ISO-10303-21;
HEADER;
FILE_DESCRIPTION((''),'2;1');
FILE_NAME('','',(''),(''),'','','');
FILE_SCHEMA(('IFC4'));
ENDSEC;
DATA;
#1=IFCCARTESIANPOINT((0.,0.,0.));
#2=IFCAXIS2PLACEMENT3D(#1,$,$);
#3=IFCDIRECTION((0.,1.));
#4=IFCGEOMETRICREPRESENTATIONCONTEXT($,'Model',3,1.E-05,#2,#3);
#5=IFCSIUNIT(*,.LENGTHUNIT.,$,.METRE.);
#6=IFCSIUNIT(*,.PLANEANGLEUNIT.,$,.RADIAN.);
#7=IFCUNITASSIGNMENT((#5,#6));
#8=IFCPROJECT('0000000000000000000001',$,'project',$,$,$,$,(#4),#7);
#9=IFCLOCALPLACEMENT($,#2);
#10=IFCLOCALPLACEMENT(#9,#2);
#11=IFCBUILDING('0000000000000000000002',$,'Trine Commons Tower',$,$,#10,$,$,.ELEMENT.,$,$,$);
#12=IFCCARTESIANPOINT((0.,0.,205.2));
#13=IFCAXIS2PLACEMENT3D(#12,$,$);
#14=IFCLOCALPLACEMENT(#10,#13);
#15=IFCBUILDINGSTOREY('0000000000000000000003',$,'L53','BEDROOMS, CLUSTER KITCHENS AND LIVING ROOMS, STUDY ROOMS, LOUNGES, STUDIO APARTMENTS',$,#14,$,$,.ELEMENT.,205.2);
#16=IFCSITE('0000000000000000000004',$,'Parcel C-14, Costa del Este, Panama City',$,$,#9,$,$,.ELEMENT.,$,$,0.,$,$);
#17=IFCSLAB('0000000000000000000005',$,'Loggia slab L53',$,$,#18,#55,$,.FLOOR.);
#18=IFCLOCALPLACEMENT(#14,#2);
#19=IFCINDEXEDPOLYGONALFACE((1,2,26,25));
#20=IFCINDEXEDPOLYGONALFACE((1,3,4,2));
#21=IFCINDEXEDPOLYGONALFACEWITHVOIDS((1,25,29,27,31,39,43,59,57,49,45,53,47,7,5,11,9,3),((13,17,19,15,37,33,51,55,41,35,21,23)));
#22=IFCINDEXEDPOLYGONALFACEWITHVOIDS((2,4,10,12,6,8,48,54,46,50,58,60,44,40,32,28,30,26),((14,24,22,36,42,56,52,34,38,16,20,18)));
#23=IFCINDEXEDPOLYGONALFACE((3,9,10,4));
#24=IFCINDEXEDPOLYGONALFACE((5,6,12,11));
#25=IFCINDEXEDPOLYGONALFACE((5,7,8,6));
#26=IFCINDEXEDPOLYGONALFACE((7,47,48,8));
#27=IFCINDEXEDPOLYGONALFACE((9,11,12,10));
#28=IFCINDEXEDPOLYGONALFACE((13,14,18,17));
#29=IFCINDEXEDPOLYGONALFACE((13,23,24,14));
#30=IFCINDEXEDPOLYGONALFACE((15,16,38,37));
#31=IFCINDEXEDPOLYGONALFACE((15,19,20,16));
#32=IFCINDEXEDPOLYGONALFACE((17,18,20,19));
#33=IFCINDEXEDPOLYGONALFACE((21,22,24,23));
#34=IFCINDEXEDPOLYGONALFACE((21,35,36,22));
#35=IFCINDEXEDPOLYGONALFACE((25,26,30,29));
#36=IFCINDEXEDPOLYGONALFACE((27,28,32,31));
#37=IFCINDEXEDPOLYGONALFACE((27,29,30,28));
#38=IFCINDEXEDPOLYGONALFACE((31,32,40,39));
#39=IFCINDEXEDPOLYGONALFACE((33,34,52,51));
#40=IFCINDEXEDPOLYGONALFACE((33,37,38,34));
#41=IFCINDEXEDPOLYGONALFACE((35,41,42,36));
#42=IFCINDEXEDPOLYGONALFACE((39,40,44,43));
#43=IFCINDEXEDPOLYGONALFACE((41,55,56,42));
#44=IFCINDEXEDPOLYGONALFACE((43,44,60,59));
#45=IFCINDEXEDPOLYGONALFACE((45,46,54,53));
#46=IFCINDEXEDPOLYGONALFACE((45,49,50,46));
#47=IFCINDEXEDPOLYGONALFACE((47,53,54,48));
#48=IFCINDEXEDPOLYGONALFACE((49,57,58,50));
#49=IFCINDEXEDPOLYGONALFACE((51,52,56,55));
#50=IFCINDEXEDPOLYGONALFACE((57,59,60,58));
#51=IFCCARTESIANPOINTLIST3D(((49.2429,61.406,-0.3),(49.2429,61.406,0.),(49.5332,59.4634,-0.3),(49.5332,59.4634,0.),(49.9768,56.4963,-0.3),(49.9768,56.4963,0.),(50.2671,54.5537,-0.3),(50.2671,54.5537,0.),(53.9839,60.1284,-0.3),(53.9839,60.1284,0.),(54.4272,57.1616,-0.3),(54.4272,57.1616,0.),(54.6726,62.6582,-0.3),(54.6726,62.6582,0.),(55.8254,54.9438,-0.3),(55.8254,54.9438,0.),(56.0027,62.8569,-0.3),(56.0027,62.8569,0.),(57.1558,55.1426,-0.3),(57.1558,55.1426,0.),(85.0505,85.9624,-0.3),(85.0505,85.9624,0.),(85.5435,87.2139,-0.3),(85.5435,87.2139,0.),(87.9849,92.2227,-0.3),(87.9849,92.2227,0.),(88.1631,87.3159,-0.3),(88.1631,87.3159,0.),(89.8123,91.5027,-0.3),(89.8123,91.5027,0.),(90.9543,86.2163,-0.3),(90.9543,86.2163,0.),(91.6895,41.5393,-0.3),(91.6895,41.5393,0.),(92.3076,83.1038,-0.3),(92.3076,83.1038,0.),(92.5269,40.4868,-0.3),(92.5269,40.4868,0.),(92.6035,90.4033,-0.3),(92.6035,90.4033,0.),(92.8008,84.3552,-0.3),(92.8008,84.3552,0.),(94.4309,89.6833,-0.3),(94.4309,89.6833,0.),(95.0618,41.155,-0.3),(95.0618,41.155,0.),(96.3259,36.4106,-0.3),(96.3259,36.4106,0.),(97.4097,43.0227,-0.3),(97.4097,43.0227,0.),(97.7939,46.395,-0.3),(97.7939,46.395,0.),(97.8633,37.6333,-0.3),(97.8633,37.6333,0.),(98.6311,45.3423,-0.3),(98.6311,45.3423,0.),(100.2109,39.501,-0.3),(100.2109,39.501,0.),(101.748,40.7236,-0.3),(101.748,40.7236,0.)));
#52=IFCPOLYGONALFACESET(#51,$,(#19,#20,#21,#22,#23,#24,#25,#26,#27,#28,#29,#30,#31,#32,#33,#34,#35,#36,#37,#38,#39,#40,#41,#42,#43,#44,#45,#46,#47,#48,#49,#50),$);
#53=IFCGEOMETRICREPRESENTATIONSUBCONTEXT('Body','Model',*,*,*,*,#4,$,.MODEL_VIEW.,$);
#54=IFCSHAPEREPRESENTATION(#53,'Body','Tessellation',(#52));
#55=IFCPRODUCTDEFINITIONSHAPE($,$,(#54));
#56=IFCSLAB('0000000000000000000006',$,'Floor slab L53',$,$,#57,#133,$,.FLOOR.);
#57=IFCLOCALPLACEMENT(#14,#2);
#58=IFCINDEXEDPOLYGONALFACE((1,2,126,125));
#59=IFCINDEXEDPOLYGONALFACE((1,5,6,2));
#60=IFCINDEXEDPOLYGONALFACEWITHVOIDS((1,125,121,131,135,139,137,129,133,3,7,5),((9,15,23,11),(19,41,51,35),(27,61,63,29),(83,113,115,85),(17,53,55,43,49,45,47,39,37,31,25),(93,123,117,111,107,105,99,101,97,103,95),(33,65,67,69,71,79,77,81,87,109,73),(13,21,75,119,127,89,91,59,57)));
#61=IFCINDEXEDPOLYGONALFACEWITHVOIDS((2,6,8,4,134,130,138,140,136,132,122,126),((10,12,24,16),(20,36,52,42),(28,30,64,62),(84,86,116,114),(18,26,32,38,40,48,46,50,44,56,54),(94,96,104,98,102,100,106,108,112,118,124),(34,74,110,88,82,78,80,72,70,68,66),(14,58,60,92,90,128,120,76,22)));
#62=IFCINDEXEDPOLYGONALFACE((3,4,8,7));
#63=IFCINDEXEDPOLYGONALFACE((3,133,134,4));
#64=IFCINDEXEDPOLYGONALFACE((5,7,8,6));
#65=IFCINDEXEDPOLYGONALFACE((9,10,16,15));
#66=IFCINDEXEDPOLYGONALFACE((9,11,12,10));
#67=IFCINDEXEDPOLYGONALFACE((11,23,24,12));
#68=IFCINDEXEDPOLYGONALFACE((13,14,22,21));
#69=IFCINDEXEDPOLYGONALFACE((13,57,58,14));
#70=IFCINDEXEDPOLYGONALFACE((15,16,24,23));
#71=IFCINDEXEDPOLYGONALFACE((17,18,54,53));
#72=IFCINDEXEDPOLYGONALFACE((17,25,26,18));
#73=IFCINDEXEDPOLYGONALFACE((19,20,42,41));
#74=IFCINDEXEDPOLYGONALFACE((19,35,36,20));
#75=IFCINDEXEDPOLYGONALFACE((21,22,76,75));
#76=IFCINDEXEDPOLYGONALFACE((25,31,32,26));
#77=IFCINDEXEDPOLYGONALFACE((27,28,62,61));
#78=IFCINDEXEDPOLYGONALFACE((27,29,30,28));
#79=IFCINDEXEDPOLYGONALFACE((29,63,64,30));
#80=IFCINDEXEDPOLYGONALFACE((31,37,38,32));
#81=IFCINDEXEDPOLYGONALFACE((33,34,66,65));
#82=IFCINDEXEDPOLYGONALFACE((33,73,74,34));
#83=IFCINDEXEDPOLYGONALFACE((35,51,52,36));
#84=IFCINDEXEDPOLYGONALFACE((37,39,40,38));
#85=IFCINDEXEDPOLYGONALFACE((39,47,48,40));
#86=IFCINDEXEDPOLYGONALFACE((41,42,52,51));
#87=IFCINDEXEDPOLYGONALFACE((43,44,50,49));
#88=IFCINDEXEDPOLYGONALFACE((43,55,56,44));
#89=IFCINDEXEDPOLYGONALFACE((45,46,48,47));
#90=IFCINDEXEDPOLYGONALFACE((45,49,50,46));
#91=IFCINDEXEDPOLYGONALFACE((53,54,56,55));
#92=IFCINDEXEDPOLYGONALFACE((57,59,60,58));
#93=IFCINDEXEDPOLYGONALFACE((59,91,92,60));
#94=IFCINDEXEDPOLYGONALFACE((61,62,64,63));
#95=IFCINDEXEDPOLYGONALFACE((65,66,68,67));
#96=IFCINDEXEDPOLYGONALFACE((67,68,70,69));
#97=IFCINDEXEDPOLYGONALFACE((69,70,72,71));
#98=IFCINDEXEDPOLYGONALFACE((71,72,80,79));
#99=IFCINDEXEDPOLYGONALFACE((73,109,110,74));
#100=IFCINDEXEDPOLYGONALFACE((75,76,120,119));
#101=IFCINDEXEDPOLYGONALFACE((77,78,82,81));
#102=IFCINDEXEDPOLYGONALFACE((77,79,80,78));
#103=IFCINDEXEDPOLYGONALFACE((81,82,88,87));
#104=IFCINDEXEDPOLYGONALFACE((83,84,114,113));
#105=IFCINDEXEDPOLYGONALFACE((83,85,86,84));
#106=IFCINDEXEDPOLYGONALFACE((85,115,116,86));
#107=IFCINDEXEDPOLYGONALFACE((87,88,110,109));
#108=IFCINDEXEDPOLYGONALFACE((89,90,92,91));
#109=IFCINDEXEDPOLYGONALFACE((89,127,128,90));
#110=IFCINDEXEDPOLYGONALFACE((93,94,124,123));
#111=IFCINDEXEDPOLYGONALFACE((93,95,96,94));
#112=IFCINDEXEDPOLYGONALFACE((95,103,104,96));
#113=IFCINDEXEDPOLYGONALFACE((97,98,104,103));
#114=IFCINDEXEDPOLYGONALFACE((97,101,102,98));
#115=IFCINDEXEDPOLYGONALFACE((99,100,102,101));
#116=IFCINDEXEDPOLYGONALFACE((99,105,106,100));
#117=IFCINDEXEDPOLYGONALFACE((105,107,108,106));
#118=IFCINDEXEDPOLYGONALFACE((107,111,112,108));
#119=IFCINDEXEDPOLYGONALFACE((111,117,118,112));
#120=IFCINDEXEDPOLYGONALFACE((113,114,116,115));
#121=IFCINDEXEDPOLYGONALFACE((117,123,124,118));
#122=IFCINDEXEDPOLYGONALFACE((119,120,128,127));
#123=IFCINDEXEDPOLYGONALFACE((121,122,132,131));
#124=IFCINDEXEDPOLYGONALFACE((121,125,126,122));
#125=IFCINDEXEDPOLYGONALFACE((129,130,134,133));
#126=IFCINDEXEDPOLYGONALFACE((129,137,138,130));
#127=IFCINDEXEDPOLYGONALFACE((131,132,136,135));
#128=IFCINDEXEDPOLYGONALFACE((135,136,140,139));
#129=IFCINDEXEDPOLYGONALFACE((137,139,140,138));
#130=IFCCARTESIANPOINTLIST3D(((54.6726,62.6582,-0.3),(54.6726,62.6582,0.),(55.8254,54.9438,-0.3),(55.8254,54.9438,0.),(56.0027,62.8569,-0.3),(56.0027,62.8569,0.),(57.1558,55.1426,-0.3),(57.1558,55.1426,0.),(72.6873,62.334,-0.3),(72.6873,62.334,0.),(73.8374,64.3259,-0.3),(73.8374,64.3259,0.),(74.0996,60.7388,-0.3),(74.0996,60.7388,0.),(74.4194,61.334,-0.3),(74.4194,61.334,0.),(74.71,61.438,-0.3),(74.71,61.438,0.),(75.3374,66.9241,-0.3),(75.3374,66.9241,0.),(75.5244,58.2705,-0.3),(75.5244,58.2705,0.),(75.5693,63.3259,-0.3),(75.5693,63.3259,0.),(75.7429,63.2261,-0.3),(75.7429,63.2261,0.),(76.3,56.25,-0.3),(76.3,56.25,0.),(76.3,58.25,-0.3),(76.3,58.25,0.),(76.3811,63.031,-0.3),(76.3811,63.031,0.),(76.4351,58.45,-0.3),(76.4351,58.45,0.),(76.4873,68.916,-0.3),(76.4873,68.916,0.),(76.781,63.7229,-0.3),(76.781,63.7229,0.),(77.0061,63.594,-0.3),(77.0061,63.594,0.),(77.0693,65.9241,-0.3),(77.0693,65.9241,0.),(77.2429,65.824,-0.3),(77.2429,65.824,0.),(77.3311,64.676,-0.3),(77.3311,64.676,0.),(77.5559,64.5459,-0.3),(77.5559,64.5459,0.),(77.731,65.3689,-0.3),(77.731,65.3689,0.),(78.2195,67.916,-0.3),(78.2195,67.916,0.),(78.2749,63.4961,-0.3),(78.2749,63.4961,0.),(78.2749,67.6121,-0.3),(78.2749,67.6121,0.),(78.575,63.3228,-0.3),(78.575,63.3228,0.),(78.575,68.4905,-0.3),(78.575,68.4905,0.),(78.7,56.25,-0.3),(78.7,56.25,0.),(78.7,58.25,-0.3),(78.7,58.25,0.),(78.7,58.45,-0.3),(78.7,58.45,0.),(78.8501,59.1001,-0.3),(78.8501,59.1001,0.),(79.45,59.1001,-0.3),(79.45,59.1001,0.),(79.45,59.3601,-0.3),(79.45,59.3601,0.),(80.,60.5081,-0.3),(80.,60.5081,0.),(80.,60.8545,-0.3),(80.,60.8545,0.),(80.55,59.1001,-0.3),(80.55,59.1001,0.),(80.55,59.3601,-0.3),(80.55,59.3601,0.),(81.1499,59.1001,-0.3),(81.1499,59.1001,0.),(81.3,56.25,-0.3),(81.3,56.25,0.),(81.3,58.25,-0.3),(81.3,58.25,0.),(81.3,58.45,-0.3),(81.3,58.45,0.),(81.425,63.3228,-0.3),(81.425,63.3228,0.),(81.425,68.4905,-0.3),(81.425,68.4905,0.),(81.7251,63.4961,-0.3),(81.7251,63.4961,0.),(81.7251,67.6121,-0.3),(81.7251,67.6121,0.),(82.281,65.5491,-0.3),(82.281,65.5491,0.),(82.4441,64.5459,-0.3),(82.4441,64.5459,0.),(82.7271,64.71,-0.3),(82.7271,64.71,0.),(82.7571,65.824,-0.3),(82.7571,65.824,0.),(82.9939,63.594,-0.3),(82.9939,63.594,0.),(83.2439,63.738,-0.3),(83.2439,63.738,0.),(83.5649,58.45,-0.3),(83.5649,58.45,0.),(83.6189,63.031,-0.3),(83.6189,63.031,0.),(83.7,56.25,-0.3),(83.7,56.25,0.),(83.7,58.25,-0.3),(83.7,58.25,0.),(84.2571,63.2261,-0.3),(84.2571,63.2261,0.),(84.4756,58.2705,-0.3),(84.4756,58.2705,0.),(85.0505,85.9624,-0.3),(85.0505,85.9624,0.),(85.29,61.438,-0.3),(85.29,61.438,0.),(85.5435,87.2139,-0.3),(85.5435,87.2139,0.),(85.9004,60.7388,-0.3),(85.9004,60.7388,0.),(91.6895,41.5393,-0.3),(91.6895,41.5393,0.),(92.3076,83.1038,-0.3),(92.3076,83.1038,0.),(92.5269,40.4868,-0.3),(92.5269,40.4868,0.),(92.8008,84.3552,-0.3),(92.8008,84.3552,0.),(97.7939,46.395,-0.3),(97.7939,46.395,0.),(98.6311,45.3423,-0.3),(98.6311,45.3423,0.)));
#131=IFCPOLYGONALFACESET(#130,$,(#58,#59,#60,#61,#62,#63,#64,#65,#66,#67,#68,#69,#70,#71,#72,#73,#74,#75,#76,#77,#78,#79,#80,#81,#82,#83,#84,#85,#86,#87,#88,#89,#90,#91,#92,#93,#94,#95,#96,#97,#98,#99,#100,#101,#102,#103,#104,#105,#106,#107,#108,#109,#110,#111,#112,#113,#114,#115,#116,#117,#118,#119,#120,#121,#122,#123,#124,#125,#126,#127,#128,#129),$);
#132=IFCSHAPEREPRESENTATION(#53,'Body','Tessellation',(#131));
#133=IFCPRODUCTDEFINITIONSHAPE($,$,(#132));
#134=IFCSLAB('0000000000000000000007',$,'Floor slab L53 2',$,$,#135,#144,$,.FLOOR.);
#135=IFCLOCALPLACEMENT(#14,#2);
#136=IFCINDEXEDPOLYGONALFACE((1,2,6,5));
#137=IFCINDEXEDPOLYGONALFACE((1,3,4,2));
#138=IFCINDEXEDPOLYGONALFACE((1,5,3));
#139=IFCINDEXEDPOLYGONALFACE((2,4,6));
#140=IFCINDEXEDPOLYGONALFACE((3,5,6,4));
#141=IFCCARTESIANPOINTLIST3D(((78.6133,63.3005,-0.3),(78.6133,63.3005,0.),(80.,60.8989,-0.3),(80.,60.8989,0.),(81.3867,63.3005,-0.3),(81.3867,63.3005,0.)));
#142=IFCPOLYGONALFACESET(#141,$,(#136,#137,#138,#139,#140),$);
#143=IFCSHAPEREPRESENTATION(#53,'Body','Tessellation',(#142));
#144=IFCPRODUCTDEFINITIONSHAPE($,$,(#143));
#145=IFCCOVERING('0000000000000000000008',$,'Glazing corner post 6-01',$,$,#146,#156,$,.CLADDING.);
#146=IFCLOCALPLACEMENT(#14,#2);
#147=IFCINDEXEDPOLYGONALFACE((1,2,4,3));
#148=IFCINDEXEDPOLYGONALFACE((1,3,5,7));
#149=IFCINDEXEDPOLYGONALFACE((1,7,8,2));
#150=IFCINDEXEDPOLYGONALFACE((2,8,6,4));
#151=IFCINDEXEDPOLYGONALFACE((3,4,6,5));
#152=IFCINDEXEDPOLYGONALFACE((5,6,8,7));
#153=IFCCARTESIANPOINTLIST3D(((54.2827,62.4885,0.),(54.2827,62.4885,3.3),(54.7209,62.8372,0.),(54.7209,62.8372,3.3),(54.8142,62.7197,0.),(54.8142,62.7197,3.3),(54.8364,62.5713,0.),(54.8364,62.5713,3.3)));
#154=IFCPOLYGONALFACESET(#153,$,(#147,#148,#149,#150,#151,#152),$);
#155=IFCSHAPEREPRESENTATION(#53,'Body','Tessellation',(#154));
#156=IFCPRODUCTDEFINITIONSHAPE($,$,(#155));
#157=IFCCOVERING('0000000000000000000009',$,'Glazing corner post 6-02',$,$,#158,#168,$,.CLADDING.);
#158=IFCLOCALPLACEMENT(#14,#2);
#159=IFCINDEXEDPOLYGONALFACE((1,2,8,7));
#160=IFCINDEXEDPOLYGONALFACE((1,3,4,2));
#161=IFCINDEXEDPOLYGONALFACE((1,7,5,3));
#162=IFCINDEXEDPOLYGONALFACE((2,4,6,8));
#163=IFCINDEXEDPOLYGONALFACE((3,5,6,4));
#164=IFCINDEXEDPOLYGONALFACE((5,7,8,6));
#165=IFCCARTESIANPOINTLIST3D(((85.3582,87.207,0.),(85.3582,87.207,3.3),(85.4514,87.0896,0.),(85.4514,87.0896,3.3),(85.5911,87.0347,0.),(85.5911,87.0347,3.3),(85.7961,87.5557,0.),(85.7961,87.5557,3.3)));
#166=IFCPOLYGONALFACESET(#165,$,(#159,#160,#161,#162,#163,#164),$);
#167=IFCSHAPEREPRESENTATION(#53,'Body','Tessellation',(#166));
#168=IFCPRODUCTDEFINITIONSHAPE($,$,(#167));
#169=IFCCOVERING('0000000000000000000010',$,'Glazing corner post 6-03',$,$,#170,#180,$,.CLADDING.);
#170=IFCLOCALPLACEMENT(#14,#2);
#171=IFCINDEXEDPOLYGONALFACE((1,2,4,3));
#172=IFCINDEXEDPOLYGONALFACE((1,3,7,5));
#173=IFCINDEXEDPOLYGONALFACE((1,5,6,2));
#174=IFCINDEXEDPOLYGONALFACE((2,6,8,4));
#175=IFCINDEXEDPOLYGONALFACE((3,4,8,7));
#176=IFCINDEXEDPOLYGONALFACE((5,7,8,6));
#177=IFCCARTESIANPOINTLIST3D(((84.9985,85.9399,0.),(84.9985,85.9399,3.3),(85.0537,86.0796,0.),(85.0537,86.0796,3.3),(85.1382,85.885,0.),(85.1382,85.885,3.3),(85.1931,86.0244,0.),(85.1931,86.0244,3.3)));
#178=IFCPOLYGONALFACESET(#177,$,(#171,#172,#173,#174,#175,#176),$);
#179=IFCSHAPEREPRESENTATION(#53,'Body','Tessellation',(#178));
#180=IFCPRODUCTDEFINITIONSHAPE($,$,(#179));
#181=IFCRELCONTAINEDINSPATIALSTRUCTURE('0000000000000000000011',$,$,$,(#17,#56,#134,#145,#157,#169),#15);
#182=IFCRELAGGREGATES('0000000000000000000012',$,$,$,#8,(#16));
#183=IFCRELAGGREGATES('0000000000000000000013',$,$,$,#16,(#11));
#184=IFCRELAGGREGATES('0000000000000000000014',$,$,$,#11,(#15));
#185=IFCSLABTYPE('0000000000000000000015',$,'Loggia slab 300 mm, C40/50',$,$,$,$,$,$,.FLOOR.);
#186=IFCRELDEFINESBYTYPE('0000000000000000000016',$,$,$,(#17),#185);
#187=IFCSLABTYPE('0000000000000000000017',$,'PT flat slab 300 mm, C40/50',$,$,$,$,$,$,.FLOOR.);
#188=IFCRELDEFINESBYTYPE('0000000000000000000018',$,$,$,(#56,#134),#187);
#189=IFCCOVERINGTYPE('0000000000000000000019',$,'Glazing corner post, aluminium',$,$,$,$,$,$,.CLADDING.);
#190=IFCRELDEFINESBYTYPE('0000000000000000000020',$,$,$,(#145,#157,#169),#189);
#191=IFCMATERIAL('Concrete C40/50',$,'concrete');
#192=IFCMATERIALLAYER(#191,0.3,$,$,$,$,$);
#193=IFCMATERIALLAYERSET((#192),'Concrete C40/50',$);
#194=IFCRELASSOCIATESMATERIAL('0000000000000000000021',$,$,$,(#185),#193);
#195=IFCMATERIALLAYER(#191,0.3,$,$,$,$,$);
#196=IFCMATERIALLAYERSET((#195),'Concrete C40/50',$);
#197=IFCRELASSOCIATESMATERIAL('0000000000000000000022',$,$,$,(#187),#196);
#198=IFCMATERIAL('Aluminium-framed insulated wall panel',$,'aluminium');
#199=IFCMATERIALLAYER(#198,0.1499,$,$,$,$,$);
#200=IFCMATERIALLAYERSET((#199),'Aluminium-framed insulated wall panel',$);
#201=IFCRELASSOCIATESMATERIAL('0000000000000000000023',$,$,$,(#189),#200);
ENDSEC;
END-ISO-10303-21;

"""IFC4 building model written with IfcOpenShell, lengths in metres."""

from ifc_helpers import new_model, si_unit, direction, frame, origin, place, context, subcontext, project, spatial, polyline, outline, extrude, material, layer, layer_set, type_object, element, save


model = new_model("IFC4")

# Units and contexts
model_context = context("Model", 3, precision=1e-05, world=origin(), true_north=direction((0.0, 1.0)))
body_context = subcontext(model_context, "Body", "Model", "MODEL_VIEW")
ifc_project = project(units=[si_unit("LENGTHUNIT", "METRE"), si_unit("PLANEANGLEUNIT", "RADIAN")], contexts=[model_context])

# Site, building, storey
site_placement = place(None, origin())
site = spatial("IfcSite", under=ifc_project, at=site_placement, Name="Parcel C-14, Costa del Este, Panama City", CompositionType="ELEMENT", RefElevation=0.0)
building_placement = place(site_placement, origin())
building = spatial("IfcBuilding", under=site, at=building_placement, Name="Trine Commons Tower", CompositionType="ELEMENT")
storey_placement = place(building_placement, frame((0.0, 0.0, 205.2)))
storey = spatial("IfcBuildingStorey", under=building, at=storey_placement, Name="L53", Description="BEDROOMS, CLUSTER KITCHENS AND LIVING ROOMS, STUDY ROOMS, LOUNGES, STUDIO APARTMENTS", CompositionType="ELEMENT", Elevation=205.2)

# Slabs
ifc_material_1 = material(Name="Concrete C40/50", Category="concrete")
ifc_layer_1 = layer(ifc_material_1, 0.3)
ifc_layer_set_1 = layer_set([ifc_layer_1], Name="Concrete C40/50")
slab_type_1 = type_object("IfcSlabType", Name="Loggia slab 300 mm, C40/50", PredefinedType="FLOOR", material=ifc_layer_set_1)
slab_1_placement = place(storey_placement, frame((0.0, 0.0, -0.3)))
element("IfcSlab", 1, at=slab_1_placement, inside=storey, type_object=slab_type_1, Name="Loggia slab L53", PredefinedType="FLOOR", context=body_context, shape_type="SweptSolid", body=[
    extrude(outline(polyline([(101.748, 40.7236), (94.4309, 89.6833), (92.6035, 90.4033), (90.9543, 86.2163), (88.1631, 87.3159), (89.8123, 91.5027), (87.9849, 92.2227), (49.2429, 61.406), (49.5332, 59.4634), (53.9839, 60.1284), (54.4272, 57.1616), (49.9768, 56.4963), (50.2671, 54.5537), (96.3259, 36.4106), (97.8633, 37.6333), (95.0618, 41.155), (97.4097, 43.0227), (100.2109, 39.501), (101.748, 40.7236)]), holes=[polyline([(56.0027, 62.8569), (57.1558, 55.1426), (55.8254, 54.9438), (92.5269, 40.4868), (91.6895, 41.5393), (97.7939, 46.395), (98.6311, 45.3423), (92.8008, 84.3552), (92.3076, 83.1038), (85.0505, 85.9624), (85.5435, 87.2139), (54.6726, 62.6582), (56.0027, 62.8569)])]), origin(), (0.0, 0.0, 1.0), 0.3),
])
ifc_layer_2 = layer(ifc_material_1, 0.3)
ifc_layer_set_2 = layer_set([ifc_layer_2], Name="Concrete C40/50")
slab_type_2 = type_object("IfcSlabType", Name="PT flat slab 300 mm, C40/50", PredefinedType="FLOOR", material=ifc_layer_set_2)
slab_2_placement = place(storey_placement, frame((0.0, 0.0, -0.3)))
element("IfcSlab", 2, at=slab_2_placement, inside=storey, type_object=slab_type_2, Name="Floor slab L53", PredefinedType="FLOOR", context=body_context, shape_type="SweptSolid", body=[
    extrude(outline(polyline([(54.6726, 62.6582), (56.0027, 62.8569), (57.1558, 55.1426), (55.8254, 54.9438), (92.5269, 40.4868), (91.6895, 41.5393), (97.7939, 46.395), (98.6311, 45.3423), (92.8008, 84.3552), (92.3076, 83.1038), (85.0505, 85.9624), (85.5435, 87.2139), (54.6726, 62.6582)]), holes=[polyline([(78.7, 56.25), (78.7, 58.25), (76.3, 58.25), (76.3, 56.25), (78.7, 56.25)]), polyline([(83.7, 56.25), (83.7, 58.25), (81.3, 58.25), (81.3, 56.25), (83.7, 56.25)]), polyline([(81.3, 58.45), (83.5649, 58.45), (80.0, 60.5081), (76.4351, 58.45), (78.7, 58.45), (78.8501, 59.1001), (79.45, 59.1001), (79.45, 59.3601), (80.55, 59.3601), (80.55, 59.1001), (81.1499, 59.1001), (81.3, 58.45)]), polyline([(81.425, 63.3228), (81.425, 68.4905), (78.575, 68.4905), (78.575, 63.3228), (74.0996, 60.7388), (75.5244, 58.2705), (80.0, 60.8545), (84.4756, 58.2705), (85.9004, 60.7388), (81.425, 63.3228)]), polyline([(72.6873, 62.334), (74.4194, 61.334), (75.5693, 63.3259), (73.8374, 64.3259), (72.6873, 62.334)]), polyline([(76.3811, 63.031), (75.7429, 63.2261), (74.71, 61.438), (78.2749, 63.4961), (78.2749, 67.6121), (77.2429, 65.824), (77.731, 65.3689), (77.3311, 64.676), (77.5559, 64.5459), (77.0061, 63.594), (76.781, 63.7229), (76.3811, 63.031)]), polyline([(82.9939, 63.594), (82.4441, 64.5459), (82.7271, 64.71), (82.281, 65.5491), (82.7571, 65.824), (81.7251, 67.6121), (81.7251, 63.4961), (85.29, 61.438), (84.2571, 63.2261), (83.6189, 63.031), (83.2439, 63.738), (82.9939, 63.594)]), polyline([(76.4873, 68.916), (75.3374, 66.9241), (77.0693, 65.9241), (78.2195, 67.916), (76.4873, 68.916)])]), origin(), (0.0, 0.0, 1.0), 0.3),
])
slab_3_placement = place(storey_placement, frame((0.0, 0.0, -0.3)))
element("IfcSlab", 3, at=slab_3_placement, inside=storey, type_object=slab_type_2, Name="Floor slab L53 2", PredefinedType="FLOOR", context=body_context, shape_type="SweptSolid", body=[
    extrude(outline(polyline([(81.3867, 63.3005), (78.6133, 63.3005), (80.0, 60.8989), (81.3867, 63.3005)])), origin(), (0.0, 0.0, 1.0), 0.3),
])

# Coverings
ifc_material_2 = material(Name="Aluminium-framed insulated wall panel", Category="aluminium")
ifc_layer_3 = layer(ifc_material_2, 0.1499)
ifc_layer_set_3 = layer_set([ifc_layer_3], Name="Aluminium-framed insulated wall panel")
covering_type_1 = type_object("IfcCoveringType", Name="Glazing corner post, aluminium", PredefinedType="CLADDING", material=ifc_layer_set_3)
covering_1_placement = place(storey_placement, origin())
element("IfcCovering", 4, at=covering_1_placement, inside=storey, type_object=covering_type_1, Name="Glazing corner post 6-01", PredefinedType="CLADDING", context=body_context, shape_type="SweptSolid", body=[
    extrude(outline(polyline([(54.8364, 62.5713), (54.8142, 62.7197), (54.7209, 62.8372), (54.2827, 62.4885), (54.8364, 62.5713)])), origin(), (0.0, 0.0, 1.0), 3.3),
])
covering_2_placement = place(storey_placement, origin())
element("IfcCovering", 5, at=covering_2_placement, inside=storey, type_object=covering_type_1, Name="Glazing corner post 6-02", PredefinedType="CLADDING", context=body_context, shape_type="SweptSolid", body=[
    extrude(outline(polyline([(85.4514, 87.0896), (85.4514, 87.0896), (85.5911, 87.0347), (85.7961, 87.5557), (85.3582, 87.207), (85.4514, 87.0896)])), origin(), (0.0, 0.0, 1.0), 3.3),
])
covering_3_placement = place(storey_placement, origin())
element("IfcCovering", 6, at=covering_3_placement, inside=storey, type_object=covering_type_1, Name="Glazing corner post 6-03", PredefinedType="CLADDING", context=body_context, shape_type="SweptSolid", body=[
    extrude(outline(polyline([(85.1382, 85.885), (85.1931, 86.0244), (85.0537, 86.0796), (84.9985, 85.9399), (85.1382, 85.885)])), origin(), (0.0, 0.0, 1.0), 3.3),
])

save(model, "model.ifc")
